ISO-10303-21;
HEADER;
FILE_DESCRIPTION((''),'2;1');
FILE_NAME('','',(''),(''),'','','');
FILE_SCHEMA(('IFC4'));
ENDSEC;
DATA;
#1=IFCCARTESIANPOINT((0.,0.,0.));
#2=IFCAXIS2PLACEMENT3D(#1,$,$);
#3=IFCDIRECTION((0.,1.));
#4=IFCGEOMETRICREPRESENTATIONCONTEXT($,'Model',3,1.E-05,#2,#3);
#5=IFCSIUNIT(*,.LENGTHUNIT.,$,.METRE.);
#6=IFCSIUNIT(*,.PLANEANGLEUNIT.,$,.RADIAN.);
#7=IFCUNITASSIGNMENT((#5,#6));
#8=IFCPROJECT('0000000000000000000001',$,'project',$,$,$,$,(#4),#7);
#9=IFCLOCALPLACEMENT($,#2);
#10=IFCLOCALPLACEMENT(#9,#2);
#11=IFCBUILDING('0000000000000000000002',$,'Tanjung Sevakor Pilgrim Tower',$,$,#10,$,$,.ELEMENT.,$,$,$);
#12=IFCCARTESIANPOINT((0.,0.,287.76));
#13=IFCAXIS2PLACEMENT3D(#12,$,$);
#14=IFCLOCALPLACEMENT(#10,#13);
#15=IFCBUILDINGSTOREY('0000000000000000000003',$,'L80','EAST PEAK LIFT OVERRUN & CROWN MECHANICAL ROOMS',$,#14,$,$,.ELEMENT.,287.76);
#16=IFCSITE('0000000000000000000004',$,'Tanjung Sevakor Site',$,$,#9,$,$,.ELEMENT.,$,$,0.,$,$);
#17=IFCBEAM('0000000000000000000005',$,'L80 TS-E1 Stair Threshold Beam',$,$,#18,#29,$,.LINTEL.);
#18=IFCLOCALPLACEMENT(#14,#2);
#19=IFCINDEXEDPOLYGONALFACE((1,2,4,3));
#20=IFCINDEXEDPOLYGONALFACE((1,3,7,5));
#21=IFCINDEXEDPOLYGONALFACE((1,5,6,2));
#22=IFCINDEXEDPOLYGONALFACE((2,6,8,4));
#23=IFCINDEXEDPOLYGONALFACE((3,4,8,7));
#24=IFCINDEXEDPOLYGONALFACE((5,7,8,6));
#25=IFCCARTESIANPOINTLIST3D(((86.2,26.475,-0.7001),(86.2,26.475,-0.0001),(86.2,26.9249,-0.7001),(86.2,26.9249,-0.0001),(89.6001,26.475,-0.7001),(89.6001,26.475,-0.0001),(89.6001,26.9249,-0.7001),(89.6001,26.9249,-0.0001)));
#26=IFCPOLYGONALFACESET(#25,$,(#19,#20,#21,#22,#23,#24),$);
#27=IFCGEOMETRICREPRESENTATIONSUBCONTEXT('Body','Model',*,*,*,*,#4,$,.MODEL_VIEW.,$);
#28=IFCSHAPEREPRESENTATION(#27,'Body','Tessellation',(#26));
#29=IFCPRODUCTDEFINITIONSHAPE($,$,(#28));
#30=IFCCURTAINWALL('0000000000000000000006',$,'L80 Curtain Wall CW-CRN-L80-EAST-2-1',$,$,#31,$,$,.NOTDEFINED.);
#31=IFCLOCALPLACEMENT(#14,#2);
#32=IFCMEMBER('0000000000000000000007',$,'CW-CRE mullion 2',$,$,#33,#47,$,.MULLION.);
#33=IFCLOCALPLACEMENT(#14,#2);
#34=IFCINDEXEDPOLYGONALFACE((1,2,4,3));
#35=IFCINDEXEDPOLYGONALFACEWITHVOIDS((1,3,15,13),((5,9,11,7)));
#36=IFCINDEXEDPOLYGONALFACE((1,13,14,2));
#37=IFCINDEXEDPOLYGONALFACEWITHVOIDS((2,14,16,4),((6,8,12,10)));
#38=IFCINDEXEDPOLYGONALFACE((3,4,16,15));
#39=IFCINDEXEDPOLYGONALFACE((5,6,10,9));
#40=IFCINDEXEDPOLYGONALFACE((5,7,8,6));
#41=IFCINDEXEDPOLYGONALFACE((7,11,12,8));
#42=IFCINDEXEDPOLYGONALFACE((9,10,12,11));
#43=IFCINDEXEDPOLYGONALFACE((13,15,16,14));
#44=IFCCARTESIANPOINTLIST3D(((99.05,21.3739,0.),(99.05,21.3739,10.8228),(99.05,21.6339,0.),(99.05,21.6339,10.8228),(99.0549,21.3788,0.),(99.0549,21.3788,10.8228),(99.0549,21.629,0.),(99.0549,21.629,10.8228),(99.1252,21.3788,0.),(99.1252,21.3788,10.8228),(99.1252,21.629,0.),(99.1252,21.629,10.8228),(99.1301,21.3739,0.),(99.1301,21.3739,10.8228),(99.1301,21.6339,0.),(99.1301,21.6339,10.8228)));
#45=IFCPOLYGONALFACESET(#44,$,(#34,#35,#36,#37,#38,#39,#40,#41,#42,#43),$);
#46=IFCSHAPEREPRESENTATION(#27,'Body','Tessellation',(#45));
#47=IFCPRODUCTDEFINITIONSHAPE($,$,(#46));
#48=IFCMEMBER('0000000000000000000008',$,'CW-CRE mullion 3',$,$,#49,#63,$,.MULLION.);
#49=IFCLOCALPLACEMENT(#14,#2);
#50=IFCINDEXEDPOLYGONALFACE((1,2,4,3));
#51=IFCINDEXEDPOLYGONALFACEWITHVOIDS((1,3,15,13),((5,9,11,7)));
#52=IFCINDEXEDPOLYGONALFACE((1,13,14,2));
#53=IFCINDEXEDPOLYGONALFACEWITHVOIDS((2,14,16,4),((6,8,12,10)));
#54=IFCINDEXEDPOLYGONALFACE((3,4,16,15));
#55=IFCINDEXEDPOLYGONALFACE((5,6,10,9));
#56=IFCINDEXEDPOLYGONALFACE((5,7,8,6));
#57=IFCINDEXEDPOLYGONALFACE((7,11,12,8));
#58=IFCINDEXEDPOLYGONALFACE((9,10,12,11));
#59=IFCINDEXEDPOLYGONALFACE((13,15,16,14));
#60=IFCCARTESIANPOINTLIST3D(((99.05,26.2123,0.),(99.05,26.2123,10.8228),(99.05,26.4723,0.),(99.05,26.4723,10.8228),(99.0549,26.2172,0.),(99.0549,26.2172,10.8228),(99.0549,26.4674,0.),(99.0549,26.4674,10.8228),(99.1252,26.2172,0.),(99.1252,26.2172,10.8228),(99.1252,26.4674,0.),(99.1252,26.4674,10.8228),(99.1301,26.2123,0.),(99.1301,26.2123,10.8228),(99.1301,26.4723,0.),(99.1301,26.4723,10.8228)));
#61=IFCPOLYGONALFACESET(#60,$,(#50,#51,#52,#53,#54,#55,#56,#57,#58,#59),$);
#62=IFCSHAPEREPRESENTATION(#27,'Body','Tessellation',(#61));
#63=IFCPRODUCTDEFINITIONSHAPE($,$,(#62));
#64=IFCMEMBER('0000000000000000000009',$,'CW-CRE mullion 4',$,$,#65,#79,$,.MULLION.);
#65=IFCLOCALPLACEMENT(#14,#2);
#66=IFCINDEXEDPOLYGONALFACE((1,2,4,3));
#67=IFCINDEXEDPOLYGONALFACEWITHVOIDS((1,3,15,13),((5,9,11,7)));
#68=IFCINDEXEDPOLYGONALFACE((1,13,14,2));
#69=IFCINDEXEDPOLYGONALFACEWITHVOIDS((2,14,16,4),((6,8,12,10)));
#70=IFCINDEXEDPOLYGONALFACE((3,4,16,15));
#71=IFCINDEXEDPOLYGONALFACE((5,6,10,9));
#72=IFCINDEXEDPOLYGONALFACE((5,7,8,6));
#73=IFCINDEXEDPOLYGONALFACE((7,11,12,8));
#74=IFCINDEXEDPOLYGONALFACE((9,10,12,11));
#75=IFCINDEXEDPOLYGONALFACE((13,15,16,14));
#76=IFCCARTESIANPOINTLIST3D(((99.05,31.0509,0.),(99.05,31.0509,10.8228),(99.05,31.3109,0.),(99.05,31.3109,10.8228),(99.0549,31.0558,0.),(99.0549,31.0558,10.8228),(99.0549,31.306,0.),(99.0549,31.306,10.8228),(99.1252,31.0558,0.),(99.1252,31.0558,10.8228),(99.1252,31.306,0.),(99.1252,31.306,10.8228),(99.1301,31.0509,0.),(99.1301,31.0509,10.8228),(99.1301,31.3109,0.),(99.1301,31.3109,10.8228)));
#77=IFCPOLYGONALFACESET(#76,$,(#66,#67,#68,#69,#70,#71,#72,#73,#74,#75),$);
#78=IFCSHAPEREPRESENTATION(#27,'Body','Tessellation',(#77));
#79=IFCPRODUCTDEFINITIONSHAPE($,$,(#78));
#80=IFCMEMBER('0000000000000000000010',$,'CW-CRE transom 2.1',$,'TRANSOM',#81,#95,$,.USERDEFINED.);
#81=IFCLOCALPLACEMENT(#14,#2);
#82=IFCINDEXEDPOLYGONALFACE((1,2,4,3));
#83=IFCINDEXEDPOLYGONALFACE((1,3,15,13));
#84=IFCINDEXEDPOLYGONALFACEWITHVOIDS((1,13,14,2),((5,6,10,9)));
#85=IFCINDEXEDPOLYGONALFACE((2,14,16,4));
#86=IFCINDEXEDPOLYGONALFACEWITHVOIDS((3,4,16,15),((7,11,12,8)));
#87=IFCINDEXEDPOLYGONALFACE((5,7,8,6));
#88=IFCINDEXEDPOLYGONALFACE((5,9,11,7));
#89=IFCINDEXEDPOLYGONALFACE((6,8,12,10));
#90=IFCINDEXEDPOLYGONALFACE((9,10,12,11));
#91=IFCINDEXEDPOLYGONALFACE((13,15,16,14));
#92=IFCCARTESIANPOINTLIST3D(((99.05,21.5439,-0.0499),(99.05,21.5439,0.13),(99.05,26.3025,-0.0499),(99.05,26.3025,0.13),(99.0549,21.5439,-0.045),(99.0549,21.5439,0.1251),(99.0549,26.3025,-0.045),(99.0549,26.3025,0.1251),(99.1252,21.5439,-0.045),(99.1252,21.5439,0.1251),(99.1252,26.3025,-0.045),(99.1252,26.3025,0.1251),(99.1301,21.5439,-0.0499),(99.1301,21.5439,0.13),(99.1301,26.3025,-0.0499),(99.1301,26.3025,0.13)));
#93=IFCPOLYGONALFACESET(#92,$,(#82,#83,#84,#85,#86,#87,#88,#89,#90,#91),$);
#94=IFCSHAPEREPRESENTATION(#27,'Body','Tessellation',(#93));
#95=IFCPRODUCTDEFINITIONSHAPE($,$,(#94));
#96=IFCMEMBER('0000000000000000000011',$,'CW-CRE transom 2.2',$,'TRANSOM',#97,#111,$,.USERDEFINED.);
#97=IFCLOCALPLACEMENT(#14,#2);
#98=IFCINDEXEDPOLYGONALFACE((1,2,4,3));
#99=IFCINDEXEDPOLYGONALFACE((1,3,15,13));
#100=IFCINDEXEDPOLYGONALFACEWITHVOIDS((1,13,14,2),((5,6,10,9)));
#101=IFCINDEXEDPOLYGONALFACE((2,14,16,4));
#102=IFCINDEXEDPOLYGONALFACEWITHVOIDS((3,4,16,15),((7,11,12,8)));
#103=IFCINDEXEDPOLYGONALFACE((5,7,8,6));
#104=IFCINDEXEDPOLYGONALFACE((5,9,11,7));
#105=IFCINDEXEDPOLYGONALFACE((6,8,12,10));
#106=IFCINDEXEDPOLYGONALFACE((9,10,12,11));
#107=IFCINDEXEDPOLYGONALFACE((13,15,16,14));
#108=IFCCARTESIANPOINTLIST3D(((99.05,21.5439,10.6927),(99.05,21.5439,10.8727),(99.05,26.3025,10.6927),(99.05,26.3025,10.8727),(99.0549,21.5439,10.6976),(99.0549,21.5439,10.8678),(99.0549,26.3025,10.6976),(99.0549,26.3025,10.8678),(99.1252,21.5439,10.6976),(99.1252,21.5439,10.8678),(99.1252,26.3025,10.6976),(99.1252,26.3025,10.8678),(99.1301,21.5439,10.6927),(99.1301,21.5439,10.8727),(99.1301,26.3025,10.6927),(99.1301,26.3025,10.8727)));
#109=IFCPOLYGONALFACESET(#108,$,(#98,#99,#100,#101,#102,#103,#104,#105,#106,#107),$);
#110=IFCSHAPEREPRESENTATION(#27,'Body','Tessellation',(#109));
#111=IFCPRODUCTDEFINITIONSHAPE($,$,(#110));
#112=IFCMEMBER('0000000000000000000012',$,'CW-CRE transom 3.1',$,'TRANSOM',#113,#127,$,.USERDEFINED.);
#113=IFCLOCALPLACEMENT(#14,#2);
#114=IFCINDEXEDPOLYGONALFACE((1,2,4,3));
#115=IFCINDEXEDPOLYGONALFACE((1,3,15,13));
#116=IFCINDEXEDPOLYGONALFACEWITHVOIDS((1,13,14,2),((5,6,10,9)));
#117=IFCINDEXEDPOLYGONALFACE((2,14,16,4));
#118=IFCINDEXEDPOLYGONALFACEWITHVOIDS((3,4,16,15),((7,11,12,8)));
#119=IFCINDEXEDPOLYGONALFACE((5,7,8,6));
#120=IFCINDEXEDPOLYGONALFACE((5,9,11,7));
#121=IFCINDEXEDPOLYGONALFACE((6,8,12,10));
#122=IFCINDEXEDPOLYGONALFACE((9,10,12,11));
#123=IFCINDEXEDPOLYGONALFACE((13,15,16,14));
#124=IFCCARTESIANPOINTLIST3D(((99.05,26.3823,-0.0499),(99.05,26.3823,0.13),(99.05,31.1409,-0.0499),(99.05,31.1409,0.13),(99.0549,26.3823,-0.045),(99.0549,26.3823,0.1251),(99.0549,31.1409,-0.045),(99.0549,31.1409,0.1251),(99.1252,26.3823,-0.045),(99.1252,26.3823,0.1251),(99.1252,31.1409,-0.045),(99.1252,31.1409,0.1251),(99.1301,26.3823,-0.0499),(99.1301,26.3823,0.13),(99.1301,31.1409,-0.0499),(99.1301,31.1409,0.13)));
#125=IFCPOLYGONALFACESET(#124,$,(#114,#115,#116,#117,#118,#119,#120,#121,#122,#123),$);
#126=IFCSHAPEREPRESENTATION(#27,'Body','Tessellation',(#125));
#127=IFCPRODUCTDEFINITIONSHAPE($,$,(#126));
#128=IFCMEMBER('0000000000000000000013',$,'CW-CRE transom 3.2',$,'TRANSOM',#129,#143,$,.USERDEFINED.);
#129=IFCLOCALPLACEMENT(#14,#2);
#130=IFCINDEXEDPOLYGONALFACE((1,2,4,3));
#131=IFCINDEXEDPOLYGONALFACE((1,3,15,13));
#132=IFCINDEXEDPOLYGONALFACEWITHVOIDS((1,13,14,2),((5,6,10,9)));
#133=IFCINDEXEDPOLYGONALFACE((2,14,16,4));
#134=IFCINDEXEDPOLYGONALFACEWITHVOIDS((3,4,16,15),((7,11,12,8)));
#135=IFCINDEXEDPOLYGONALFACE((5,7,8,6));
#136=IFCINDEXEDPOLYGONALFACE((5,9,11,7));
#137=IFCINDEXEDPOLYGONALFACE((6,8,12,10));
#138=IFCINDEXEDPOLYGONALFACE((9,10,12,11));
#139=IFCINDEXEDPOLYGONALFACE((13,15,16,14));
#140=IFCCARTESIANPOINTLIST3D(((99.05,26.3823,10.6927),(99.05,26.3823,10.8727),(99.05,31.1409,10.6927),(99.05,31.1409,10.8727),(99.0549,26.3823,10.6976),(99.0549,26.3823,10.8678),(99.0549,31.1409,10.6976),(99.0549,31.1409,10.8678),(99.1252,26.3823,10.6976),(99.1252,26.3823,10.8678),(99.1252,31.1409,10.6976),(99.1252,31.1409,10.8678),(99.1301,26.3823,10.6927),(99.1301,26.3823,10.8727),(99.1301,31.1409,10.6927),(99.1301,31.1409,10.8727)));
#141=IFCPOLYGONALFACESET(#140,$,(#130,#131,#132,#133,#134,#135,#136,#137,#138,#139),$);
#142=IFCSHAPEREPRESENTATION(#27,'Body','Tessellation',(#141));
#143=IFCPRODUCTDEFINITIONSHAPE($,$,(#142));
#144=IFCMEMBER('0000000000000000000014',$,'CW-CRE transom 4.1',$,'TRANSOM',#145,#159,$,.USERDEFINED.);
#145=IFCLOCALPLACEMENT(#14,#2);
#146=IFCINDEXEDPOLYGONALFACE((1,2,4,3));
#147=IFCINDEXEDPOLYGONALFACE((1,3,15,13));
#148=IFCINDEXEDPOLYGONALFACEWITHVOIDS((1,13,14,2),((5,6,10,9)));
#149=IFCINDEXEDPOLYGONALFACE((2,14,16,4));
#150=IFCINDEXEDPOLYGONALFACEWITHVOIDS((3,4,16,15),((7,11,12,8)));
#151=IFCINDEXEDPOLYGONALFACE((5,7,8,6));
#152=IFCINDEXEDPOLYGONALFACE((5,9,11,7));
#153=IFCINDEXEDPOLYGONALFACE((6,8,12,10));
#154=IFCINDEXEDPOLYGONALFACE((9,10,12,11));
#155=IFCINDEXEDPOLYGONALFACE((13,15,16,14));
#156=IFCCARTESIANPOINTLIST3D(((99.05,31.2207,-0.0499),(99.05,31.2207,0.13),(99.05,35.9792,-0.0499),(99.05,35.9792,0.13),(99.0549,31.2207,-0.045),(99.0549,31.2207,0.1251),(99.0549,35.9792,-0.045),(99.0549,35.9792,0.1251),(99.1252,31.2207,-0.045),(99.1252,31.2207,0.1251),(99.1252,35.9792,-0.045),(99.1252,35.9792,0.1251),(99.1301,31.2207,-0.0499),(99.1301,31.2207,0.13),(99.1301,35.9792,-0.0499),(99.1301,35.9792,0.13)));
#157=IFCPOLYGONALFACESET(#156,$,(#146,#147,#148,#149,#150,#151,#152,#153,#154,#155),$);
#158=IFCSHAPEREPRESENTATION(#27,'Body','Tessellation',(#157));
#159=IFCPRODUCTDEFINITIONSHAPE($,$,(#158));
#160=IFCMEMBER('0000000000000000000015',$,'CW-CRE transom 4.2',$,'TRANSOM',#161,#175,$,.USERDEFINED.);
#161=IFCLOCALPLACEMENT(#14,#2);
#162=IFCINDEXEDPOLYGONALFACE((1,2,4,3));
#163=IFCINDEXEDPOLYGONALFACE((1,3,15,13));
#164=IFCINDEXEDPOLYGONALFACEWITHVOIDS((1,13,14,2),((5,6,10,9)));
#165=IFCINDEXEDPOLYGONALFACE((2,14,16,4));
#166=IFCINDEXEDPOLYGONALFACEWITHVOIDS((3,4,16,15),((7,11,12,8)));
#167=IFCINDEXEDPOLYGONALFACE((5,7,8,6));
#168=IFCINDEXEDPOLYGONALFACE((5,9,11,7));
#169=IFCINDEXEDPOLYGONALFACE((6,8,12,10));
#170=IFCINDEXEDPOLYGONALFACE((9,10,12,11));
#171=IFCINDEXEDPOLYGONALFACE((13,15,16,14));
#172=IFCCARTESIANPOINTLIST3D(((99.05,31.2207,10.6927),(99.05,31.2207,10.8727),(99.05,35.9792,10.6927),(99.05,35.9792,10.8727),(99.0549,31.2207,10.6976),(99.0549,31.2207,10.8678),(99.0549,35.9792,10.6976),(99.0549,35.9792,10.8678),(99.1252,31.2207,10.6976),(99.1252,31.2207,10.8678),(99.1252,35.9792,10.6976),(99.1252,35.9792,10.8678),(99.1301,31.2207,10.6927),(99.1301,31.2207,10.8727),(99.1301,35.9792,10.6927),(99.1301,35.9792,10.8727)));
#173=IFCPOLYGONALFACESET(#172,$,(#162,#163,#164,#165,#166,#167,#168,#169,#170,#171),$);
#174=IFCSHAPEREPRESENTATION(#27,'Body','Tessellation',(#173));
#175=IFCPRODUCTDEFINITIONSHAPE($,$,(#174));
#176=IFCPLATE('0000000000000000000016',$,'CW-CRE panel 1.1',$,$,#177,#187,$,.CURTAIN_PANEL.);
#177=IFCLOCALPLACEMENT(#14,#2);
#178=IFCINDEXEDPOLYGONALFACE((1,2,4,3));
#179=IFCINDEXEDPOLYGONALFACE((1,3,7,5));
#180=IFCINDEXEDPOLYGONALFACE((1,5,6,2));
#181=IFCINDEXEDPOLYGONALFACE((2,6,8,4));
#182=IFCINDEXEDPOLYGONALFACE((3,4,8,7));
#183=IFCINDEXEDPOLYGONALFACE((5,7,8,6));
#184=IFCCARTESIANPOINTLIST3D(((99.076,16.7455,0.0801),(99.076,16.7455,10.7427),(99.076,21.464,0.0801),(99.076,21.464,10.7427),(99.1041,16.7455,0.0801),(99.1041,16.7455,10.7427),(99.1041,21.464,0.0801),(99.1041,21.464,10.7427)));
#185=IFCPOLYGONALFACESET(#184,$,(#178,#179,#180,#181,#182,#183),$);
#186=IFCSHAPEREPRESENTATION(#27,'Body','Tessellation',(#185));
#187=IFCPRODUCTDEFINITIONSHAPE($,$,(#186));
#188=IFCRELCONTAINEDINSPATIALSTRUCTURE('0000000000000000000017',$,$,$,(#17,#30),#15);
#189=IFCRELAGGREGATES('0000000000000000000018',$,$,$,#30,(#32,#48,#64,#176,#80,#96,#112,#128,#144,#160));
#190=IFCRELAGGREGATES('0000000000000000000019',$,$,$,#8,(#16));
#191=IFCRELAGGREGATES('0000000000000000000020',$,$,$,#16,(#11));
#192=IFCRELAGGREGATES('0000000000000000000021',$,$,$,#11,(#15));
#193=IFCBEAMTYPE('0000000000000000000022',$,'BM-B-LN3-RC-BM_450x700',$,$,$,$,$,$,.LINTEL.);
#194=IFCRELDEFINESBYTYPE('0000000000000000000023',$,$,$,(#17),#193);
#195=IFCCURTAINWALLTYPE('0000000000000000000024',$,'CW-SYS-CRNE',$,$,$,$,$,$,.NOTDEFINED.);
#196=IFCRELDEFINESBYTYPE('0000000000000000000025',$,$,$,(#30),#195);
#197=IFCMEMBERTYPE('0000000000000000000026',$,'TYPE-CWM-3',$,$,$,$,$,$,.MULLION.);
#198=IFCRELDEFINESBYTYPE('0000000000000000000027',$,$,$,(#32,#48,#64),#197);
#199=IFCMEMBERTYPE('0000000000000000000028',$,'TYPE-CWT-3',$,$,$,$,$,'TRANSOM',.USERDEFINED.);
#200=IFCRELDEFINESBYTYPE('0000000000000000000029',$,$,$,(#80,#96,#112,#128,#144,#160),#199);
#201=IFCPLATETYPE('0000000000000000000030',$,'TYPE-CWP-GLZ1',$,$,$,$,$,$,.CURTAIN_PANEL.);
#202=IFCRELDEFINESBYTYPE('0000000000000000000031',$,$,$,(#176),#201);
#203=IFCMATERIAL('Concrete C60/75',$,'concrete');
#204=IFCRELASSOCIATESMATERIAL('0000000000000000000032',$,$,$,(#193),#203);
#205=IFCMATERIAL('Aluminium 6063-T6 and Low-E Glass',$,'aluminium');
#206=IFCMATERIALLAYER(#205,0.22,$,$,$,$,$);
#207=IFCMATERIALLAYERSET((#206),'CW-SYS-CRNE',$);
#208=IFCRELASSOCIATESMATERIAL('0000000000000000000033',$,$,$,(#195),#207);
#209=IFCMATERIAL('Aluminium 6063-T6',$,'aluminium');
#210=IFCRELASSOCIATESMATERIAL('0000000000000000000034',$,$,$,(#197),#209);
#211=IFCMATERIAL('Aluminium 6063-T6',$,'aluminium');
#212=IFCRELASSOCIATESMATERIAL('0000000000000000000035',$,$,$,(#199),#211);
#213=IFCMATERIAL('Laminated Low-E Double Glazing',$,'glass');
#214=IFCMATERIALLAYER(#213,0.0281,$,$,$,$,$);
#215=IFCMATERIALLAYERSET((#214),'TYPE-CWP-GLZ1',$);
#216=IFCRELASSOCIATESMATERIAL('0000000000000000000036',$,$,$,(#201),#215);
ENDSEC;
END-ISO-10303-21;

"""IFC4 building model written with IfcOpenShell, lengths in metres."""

from ifc_helpers import new_model, si_unit, direction, frame, origin, origin_2d, place, context, subcontext, project, spatial, rectangle, hollow_rectangle, extrude, material, layer, layer_set, material_profile, profile_set, type_object, element, aggregate, save


model = new_model("IFC4")

# Units and contexts
model_context = context("Model", 3, precision=1e-05, world=origin(), true_north=direction((0.0, 1.0)))
body_context = subcontext(model_context, "Body", "Model", "MODEL_VIEW")
ifc_project = project(units=[si_unit("LENGTHUNIT", "METRE"), si_unit("PLANEANGLEUNIT", "RADIAN")], contexts=[model_context])

# Site, building, storey
site_placement = place(None, origin())
site = spatial("IfcSite", under=ifc_project, at=site_placement, Name="Tanjung Sevakor Site", CompositionType="ELEMENT", RefElevation=0.0)
building_placement = place(site_placement, origin())
building = spatial("IfcBuilding", under=site, at=building_placement, Name="Tanjung Sevakor Pilgrim Tower", CompositionType="ELEMENT")
storey_placement = place(building_placement, frame((0.0, 0.0, 287.76)))
storey = spatial("IfcBuildingStorey", under=building, at=storey_placement, Name="L80", Description="EAST PEAK LIFT OVERRUN & CROWN MECHANICAL ROOMS", CompositionType="ELEMENT", Elevation=287.76)

# Beam
ifc_material_1 = material(Name="Concrete C60/75", Category="concrete")
ifc_material_profile_1 = material_profile(ifc_material_1, rectangle(XDim=0.45, YDim=0.7, at=origin_2d()))
ifc_profile_set_1 = profile_set([ifc_material_profile_1], Name="Concrete C60/75")
beam_type = type_object("IfcBeamType", Name="BM-B-LN3-RC-BM_450x700", PredefinedType="LINTEL", material=ifc_profile_set_1)
beam_placement = place(storey_placement, frame((86.2, 26.7, -0.3501), z_axis=(1.0, 0.0, 0.0), x_axis=(0.0, 1.0, 0.0)))
element("IfcBeam", 1, at=beam_placement, inside=storey, type_object=beam_type, Name="L80 TS-E1 Stair Threshold Beam", PredefinedType="LINTEL", context=body_context, shape_type="SweptSolid", body=[
    extrude(rectangle(XDim=0.45, YDim=0.7, at=origin_2d()), origin(), (0.0, 0.0, 1.0), 3.4001),
])

# Curtain wall, members, plate
ifc_material_2 = material(Name="Aluminium 6063-T6 and Low-E Glass", Category="aluminium")
ifc_layer_1 = layer(ifc_material_2, 0.22)
ifc_layer_set_1 = layer_set([ifc_layer_1], Name="CW-SYS-CRNE")
curtain_wall_type = type_object("IfcCurtainWallType", Name="CW-SYS-CRNE", PredefinedType="NOTDEFINED", material=ifc_layer_set_1)
curtain_wall_placement = place(storey_placement, origin())
curtain_wall = element("IfcCurtainWall", 2, at=curtain_wall_placement, inside=storey, type_object=curtain_wall_type, Name="L80 Curtain Wall CW-CRN-L80-EAST-2-1", PredefinedType="NOTDEFINED")
ifc_material_3 = material(Name="Aluminium 6063-T6", Category="aluminium")
ifc_material_profile_2 = material_profile(ifc_material_3, hollow_rectangle(XDim=0.0801, YDim=0.26, WallThickness=0.0049, at=origin_2d()))
ifc_profile_set_2 = profile_set([ifc_material_profile_2], Name="Aluminium 6063-T6")
member_type_1 = type_object("IfcMemberType", Name="TYPE-CWM-3", PredefinedType="MULLION", material=ifc_profile_set_2)
member_1_placement = place(storey_placement, frame((99.0901, 21.5039, 0.0), z_axis=(0.0, 0.0, 1.0), x_axis=(-1.0, 0.0, 0.0)))
member_1 = element("IfcMember", 3, at=member_1_placement, type_object=member_type_1, Name="CW-CRE mullion 2", PredefinedType="MULLION", context=body_context, shape_type="SweptSolid", body=[
    extrude(hollow_rectangle(XDim=0.0801, YDim=0.26, WallThickness=0.0049, at=origin_2d()), origin(), (0.0, 0.0, 1.0), 10.8228),
])
member_2_placement = place(storey_placement, frame((99.0901, 26.3423, 0.0), z_axis=(0.0, 0.0, 1.0), x_axis=(-1.0, 0.0, 0.0)))
member_2 = element("IfcMember", 4, at=member_2_placement, type_object=member_type_1, Name="CW-CRE mullion 3", PredefinedType="MULLION", context=body_context, shape_type="SweptSolid", body=[
    extrude(hollow_rectangle(XDim=0.0801, YDim=0.26, WallThickness=0.0049, at=origin_2d()), origin(), (0.0, 0.0, 1.0), 10.8228),
])
member_3_placement = place(storey_placement, frame((99.0901, 31.1809, 0.0), z_axis=(0.0, 0.0, 1.0), x_axis=(-1.0, 0.0, 0.0)))
member_3 = element("IfcMember", 5, at=member_3_placement, type_object=member_type_1, Name="CW-CRE mullion 4", PredefinedType="MULLION", context=body_context, shape_type="SweptSolid", body=[
    extrude(hollow_rectangle(XDim=0.0801, YDim=0.26, WallThickness=0.0049, at=origin_2d()), origin(), (0.0, 0.0, 1.0), 10.8228),
])
ifc_material_4 = material(Name="Aluminium 6063-T6", Category="aluminium")
ifc_material_profile_3 = material_profile(ifc_material_4, hollow_rectangle(XDim=0.0801, YDim=0.1799, WallThickness=0.0049, at=origin_2d()))
ifc_profile_set_3 = profile_set([ifc_material_profile_3], Name="Aluminium 6063-T6")
member_type_2 = type_object("IfcMemberType", Name="TYPE-CWT-3", ElementType="TRANSOM", PredefinedType="USERDEFINED", material=ifc_profile_set_3)
member_4_placement = place(storey_placement, frame((99.0901, 21.5439, 0.04), z_axis=(0.0, 1.0, 0.0), x_axis=(-1.0, 0.0, 0.0)))
member_4 = element("IfcMember", 6, at=member_4_placement, type_object=member_type_2, Name="CW-CRE transom 2.1", ObjectType="TRANSOM", PredefinedType="USERDEFINED", context=body_context, shape_type="SweptSolid", body=[
    extrude(hollow_rectangle(XDim=0.0801, YDim=0.1799, WallThickness=0.0049, at=origin_2d()), origin(), (0.0, 0.0, 1.0), 4.7585),
])
member_5_placement = place(storey_placement, frame((99.0901, 21.5439, 10.7827), z_axis=(0.0, 1.0, 0.0), x_axis=(-1.0, 0.0, 0.0)))
member_5 = element("IfcMember", 7, at=member_5_placement, type_object=member_type_2, Name="CW-CRE transom 2.2", ObjectType="TRANSOM", PredefinedType="USERDEFINED", context=body_context, shape_type="SweptSolid", body=[
    extrude(hollow_rectangle(XDim=0.0801, YDim=0.1799, WallThickness=0.0049, at=origin_2d()), origin(), (0.0, 0.0, 1.0), 4.7585),
])
member_6_placement = place(storey_placement, frame((99.0901, 26.3823, 0.04), z_axis=(0.0, 1.0, 0.0), x_axis=(-1.0, 0.0, 0.0)))
member_6 = element("IfcMember", 8, at=member_6_placement, type_object=member_type_2, Name="CW-CRE transom 3.1", ObjectType="TRANSOM", PredefinedType="USERDEFINED", context=body_context, shape_type="SweptSolid", body=[
    extrude(hollow_rectangle(XDim=0.0801, YDim=0.1799, WallThickness=0.0049, at=origin_2d()), origin(), (0.0, 0.0, 1.0), 4.7585),
])
member_7_placement = place(storey_placement, frame((99.0901, 26.3823, 10.7827), z_axis=(0.0, 1.0, 0.0), x_axis=(-1.0, 0.0, 0.0)))
member_7 = element("IfcMember", 9, at=member_7_placement, type_object=member_type_2, Name="CW-CRE transom 3.2", ObjectType="TRANSOM", PredefinedType="USERDEFINED", context=body_context, shape_type="SweptSolid", body=[
    extrude(hollow_rectangle(XDim=0.0801, YDim=0.1799, WallThickness=0.0049, at=origin_2d()), origin(), (0.0, 0.0, 1.0), 4.7585),
])
member_8_placement = place(storey_placement, frame((99.0901, 31.2207, 0.04), z_axis=(0.0, 1.0, 0.0), x_axis=(-1.0, 0.0, 0.0)))
member_8 = element("IfcMember", 10, at=member_8_placement, type_object=member_type_2, Name="CW-CRE transom 4.1", ObjectType="TRANSOM", PredefinedType="USERDEFINED", context=body_context, shape_type="SweptSolid", body=[
    extrude(hollow_rectangle(XDim=0.0801, YDim=0.1799, WallThickness=0.0049, at=origin_2d()), origin(), (0.0, 0.0, 1.0), 4.7585),
])
member_9_placement = place(storey_placement, frame((99.0901, 31.2207, 10.7827), z_axis=(0.0, 1.0, 0.0), x_axis=(-1.0, 0.0, 0.0)))
member_9 = element("IfcMember", 11, at=member_9_placement, type_object=member_type_2, Name="CW-CRE transom 4.2", ObjectType="TRANSOM", PredefinedType="USERDEFINED", context=body_context, shape_type="SweptSolid", body=[
    extrude(hollow_rectangle(XDim=0.0801, YDim=0.1799, WallThickness=0.0049, at=origin_2d()), origin(), (0.0, 0.0, 1.0), 4.7585),
])
ifc_material_5 = material(Name="Laminated Low-E Double Glazing", Category="glass")
ifc_layer_2 = layer(ifc_material_5, 0.0281)
ifc_layer_set_2 = layer_set([ifc_layer_2], Name="TYPE-CWP-GLZ1")
plate_type = type_object("IfcPlateType", Name="TYPE-CWP-GLZ1", PredefinedType="CURTAIN_PANEL", material=ifc_layer_set_2)
plate_1_placement = place(storey_placement, frame((99.0901, 19.1047, 0.0801), z_axis=(0.0, 0.0, 1.0), x_axis=(0.0, 1.0, 0.0)))
plate_1 = element("IfcPlate", 12, at=plate_1_placement, type_object=plate_type, Name="CW-CRE panel 1.1", PredefinedType="CURTAIN_PANEL", context=body_context, shape_type="SweptSolid", body=[
    extrude(rectangle(XDim=4.7185, YDim=0.0281, at=origin_2d()), origin(), (0.0, 0.0, 1.0), 10.6626),
])
aggregate(curtain_wall, [member_1, member_2, member_3, plate_1, member_4, member_5, member_6, member_7, member_8, member_9])

save(model, "model.ifc")
